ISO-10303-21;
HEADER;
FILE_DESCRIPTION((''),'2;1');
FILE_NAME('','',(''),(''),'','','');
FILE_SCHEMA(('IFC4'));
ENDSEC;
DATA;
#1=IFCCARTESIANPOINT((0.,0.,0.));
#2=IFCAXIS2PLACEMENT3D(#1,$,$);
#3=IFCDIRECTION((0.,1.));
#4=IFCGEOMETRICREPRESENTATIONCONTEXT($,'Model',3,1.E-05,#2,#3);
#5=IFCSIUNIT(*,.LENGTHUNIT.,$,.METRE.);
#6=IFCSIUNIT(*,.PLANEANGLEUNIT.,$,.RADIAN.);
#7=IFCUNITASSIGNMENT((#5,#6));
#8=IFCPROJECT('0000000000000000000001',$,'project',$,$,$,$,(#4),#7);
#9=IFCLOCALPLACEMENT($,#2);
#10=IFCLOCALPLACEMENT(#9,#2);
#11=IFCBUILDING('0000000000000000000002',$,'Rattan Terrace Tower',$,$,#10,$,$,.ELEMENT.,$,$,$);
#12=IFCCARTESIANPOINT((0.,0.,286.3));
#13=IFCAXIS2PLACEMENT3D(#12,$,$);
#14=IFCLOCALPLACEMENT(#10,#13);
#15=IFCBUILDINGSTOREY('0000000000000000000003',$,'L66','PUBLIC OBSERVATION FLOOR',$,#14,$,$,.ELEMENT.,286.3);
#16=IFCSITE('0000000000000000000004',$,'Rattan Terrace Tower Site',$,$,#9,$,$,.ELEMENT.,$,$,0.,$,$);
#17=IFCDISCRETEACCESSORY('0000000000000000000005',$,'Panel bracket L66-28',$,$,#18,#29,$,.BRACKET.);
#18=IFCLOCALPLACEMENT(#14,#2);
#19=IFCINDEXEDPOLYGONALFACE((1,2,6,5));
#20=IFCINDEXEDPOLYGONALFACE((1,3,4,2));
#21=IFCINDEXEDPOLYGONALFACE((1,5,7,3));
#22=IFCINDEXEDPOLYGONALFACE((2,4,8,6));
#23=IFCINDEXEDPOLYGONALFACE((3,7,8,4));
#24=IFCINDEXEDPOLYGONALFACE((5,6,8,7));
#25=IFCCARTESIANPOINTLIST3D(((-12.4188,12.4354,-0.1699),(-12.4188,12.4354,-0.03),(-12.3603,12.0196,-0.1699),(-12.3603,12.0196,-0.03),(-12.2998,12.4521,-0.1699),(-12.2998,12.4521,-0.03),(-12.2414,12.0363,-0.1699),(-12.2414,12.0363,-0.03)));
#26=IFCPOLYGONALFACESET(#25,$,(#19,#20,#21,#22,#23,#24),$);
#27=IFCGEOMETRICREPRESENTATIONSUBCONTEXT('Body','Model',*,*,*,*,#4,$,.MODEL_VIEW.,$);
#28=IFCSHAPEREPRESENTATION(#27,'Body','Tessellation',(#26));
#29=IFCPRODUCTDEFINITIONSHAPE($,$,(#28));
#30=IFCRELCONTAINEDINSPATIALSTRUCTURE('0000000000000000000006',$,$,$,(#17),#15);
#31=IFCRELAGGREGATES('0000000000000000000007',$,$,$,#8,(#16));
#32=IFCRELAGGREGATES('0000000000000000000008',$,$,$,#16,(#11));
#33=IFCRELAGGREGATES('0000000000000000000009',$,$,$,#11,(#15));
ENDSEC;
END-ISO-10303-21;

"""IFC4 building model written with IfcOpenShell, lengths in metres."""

from ifc_helpers import new_model, si_unit, direction, frame, origin, origin_2d, place, context, subcontext, project, spatial, rectangle, extrude, element, save


model = new_model("IFC4")

# Units and contexts
model_context = context("Model", 3, precision=1e-05, world=origin(), true_north=direction((0.0, 1.0)))
body_context = subcontext(model_context, "Body", "Model", "MODEL_VIEW")
ifc_project = project(units=[si_unit("LENGTHUNIT", "METRE"), si_unit("PLANEANGLEUNIT", "RADIAN")], contexts=[model_context])

# Site, building, storey
site_placement = place(None, origin())
site = spatial("IfcSite", under=ifc_project, at=site_placement, Name="Rattan Terrace Tower Site", CompositionType="ELEMENT", RefElevation=0.0)
building_placement = place(site_placement, origin())
building = spatial("IfcBuilding", under=site, at=building_placement, Name="Rattan Terrace Tower", CompositionType="ELEMENT")
storey_placement = place(building_placement, frame((0.0, 0.0, 286.3)))
storey = spatial("IfcBuildingStorey", under=building, at=storey_placement, Name="L66", Description="PUBLIC OBSERVATION FLOOR", CompositionType="ELEMENT", Elevation=286.3)

# Discrete accessory
for number, where, z_axis, x_axis, name in (
    (1, (-12.3301, 12.2358, -0.1699), (0.0, 0.0, 1.0), (-0.990266, -0.139189, 0.0), "Panel bracket L66-28"),
):
    element("IfcDiscreteAccessory", number, at=place(storey_placement, frame(where, z_axis=z_axis, x_axis=x_axis)), inside=storey, Name=name, PredefinedType="BRACKET", context=body_context, shape_type="SweptSolid", body=[
        extrude(rectangle(XDim=0.1201, YDim=0.4199, at=origin_2d()), origin(), (0.0, 0.0, 1.0), 0.1399),
    ])

save(model, "model.ifc")
